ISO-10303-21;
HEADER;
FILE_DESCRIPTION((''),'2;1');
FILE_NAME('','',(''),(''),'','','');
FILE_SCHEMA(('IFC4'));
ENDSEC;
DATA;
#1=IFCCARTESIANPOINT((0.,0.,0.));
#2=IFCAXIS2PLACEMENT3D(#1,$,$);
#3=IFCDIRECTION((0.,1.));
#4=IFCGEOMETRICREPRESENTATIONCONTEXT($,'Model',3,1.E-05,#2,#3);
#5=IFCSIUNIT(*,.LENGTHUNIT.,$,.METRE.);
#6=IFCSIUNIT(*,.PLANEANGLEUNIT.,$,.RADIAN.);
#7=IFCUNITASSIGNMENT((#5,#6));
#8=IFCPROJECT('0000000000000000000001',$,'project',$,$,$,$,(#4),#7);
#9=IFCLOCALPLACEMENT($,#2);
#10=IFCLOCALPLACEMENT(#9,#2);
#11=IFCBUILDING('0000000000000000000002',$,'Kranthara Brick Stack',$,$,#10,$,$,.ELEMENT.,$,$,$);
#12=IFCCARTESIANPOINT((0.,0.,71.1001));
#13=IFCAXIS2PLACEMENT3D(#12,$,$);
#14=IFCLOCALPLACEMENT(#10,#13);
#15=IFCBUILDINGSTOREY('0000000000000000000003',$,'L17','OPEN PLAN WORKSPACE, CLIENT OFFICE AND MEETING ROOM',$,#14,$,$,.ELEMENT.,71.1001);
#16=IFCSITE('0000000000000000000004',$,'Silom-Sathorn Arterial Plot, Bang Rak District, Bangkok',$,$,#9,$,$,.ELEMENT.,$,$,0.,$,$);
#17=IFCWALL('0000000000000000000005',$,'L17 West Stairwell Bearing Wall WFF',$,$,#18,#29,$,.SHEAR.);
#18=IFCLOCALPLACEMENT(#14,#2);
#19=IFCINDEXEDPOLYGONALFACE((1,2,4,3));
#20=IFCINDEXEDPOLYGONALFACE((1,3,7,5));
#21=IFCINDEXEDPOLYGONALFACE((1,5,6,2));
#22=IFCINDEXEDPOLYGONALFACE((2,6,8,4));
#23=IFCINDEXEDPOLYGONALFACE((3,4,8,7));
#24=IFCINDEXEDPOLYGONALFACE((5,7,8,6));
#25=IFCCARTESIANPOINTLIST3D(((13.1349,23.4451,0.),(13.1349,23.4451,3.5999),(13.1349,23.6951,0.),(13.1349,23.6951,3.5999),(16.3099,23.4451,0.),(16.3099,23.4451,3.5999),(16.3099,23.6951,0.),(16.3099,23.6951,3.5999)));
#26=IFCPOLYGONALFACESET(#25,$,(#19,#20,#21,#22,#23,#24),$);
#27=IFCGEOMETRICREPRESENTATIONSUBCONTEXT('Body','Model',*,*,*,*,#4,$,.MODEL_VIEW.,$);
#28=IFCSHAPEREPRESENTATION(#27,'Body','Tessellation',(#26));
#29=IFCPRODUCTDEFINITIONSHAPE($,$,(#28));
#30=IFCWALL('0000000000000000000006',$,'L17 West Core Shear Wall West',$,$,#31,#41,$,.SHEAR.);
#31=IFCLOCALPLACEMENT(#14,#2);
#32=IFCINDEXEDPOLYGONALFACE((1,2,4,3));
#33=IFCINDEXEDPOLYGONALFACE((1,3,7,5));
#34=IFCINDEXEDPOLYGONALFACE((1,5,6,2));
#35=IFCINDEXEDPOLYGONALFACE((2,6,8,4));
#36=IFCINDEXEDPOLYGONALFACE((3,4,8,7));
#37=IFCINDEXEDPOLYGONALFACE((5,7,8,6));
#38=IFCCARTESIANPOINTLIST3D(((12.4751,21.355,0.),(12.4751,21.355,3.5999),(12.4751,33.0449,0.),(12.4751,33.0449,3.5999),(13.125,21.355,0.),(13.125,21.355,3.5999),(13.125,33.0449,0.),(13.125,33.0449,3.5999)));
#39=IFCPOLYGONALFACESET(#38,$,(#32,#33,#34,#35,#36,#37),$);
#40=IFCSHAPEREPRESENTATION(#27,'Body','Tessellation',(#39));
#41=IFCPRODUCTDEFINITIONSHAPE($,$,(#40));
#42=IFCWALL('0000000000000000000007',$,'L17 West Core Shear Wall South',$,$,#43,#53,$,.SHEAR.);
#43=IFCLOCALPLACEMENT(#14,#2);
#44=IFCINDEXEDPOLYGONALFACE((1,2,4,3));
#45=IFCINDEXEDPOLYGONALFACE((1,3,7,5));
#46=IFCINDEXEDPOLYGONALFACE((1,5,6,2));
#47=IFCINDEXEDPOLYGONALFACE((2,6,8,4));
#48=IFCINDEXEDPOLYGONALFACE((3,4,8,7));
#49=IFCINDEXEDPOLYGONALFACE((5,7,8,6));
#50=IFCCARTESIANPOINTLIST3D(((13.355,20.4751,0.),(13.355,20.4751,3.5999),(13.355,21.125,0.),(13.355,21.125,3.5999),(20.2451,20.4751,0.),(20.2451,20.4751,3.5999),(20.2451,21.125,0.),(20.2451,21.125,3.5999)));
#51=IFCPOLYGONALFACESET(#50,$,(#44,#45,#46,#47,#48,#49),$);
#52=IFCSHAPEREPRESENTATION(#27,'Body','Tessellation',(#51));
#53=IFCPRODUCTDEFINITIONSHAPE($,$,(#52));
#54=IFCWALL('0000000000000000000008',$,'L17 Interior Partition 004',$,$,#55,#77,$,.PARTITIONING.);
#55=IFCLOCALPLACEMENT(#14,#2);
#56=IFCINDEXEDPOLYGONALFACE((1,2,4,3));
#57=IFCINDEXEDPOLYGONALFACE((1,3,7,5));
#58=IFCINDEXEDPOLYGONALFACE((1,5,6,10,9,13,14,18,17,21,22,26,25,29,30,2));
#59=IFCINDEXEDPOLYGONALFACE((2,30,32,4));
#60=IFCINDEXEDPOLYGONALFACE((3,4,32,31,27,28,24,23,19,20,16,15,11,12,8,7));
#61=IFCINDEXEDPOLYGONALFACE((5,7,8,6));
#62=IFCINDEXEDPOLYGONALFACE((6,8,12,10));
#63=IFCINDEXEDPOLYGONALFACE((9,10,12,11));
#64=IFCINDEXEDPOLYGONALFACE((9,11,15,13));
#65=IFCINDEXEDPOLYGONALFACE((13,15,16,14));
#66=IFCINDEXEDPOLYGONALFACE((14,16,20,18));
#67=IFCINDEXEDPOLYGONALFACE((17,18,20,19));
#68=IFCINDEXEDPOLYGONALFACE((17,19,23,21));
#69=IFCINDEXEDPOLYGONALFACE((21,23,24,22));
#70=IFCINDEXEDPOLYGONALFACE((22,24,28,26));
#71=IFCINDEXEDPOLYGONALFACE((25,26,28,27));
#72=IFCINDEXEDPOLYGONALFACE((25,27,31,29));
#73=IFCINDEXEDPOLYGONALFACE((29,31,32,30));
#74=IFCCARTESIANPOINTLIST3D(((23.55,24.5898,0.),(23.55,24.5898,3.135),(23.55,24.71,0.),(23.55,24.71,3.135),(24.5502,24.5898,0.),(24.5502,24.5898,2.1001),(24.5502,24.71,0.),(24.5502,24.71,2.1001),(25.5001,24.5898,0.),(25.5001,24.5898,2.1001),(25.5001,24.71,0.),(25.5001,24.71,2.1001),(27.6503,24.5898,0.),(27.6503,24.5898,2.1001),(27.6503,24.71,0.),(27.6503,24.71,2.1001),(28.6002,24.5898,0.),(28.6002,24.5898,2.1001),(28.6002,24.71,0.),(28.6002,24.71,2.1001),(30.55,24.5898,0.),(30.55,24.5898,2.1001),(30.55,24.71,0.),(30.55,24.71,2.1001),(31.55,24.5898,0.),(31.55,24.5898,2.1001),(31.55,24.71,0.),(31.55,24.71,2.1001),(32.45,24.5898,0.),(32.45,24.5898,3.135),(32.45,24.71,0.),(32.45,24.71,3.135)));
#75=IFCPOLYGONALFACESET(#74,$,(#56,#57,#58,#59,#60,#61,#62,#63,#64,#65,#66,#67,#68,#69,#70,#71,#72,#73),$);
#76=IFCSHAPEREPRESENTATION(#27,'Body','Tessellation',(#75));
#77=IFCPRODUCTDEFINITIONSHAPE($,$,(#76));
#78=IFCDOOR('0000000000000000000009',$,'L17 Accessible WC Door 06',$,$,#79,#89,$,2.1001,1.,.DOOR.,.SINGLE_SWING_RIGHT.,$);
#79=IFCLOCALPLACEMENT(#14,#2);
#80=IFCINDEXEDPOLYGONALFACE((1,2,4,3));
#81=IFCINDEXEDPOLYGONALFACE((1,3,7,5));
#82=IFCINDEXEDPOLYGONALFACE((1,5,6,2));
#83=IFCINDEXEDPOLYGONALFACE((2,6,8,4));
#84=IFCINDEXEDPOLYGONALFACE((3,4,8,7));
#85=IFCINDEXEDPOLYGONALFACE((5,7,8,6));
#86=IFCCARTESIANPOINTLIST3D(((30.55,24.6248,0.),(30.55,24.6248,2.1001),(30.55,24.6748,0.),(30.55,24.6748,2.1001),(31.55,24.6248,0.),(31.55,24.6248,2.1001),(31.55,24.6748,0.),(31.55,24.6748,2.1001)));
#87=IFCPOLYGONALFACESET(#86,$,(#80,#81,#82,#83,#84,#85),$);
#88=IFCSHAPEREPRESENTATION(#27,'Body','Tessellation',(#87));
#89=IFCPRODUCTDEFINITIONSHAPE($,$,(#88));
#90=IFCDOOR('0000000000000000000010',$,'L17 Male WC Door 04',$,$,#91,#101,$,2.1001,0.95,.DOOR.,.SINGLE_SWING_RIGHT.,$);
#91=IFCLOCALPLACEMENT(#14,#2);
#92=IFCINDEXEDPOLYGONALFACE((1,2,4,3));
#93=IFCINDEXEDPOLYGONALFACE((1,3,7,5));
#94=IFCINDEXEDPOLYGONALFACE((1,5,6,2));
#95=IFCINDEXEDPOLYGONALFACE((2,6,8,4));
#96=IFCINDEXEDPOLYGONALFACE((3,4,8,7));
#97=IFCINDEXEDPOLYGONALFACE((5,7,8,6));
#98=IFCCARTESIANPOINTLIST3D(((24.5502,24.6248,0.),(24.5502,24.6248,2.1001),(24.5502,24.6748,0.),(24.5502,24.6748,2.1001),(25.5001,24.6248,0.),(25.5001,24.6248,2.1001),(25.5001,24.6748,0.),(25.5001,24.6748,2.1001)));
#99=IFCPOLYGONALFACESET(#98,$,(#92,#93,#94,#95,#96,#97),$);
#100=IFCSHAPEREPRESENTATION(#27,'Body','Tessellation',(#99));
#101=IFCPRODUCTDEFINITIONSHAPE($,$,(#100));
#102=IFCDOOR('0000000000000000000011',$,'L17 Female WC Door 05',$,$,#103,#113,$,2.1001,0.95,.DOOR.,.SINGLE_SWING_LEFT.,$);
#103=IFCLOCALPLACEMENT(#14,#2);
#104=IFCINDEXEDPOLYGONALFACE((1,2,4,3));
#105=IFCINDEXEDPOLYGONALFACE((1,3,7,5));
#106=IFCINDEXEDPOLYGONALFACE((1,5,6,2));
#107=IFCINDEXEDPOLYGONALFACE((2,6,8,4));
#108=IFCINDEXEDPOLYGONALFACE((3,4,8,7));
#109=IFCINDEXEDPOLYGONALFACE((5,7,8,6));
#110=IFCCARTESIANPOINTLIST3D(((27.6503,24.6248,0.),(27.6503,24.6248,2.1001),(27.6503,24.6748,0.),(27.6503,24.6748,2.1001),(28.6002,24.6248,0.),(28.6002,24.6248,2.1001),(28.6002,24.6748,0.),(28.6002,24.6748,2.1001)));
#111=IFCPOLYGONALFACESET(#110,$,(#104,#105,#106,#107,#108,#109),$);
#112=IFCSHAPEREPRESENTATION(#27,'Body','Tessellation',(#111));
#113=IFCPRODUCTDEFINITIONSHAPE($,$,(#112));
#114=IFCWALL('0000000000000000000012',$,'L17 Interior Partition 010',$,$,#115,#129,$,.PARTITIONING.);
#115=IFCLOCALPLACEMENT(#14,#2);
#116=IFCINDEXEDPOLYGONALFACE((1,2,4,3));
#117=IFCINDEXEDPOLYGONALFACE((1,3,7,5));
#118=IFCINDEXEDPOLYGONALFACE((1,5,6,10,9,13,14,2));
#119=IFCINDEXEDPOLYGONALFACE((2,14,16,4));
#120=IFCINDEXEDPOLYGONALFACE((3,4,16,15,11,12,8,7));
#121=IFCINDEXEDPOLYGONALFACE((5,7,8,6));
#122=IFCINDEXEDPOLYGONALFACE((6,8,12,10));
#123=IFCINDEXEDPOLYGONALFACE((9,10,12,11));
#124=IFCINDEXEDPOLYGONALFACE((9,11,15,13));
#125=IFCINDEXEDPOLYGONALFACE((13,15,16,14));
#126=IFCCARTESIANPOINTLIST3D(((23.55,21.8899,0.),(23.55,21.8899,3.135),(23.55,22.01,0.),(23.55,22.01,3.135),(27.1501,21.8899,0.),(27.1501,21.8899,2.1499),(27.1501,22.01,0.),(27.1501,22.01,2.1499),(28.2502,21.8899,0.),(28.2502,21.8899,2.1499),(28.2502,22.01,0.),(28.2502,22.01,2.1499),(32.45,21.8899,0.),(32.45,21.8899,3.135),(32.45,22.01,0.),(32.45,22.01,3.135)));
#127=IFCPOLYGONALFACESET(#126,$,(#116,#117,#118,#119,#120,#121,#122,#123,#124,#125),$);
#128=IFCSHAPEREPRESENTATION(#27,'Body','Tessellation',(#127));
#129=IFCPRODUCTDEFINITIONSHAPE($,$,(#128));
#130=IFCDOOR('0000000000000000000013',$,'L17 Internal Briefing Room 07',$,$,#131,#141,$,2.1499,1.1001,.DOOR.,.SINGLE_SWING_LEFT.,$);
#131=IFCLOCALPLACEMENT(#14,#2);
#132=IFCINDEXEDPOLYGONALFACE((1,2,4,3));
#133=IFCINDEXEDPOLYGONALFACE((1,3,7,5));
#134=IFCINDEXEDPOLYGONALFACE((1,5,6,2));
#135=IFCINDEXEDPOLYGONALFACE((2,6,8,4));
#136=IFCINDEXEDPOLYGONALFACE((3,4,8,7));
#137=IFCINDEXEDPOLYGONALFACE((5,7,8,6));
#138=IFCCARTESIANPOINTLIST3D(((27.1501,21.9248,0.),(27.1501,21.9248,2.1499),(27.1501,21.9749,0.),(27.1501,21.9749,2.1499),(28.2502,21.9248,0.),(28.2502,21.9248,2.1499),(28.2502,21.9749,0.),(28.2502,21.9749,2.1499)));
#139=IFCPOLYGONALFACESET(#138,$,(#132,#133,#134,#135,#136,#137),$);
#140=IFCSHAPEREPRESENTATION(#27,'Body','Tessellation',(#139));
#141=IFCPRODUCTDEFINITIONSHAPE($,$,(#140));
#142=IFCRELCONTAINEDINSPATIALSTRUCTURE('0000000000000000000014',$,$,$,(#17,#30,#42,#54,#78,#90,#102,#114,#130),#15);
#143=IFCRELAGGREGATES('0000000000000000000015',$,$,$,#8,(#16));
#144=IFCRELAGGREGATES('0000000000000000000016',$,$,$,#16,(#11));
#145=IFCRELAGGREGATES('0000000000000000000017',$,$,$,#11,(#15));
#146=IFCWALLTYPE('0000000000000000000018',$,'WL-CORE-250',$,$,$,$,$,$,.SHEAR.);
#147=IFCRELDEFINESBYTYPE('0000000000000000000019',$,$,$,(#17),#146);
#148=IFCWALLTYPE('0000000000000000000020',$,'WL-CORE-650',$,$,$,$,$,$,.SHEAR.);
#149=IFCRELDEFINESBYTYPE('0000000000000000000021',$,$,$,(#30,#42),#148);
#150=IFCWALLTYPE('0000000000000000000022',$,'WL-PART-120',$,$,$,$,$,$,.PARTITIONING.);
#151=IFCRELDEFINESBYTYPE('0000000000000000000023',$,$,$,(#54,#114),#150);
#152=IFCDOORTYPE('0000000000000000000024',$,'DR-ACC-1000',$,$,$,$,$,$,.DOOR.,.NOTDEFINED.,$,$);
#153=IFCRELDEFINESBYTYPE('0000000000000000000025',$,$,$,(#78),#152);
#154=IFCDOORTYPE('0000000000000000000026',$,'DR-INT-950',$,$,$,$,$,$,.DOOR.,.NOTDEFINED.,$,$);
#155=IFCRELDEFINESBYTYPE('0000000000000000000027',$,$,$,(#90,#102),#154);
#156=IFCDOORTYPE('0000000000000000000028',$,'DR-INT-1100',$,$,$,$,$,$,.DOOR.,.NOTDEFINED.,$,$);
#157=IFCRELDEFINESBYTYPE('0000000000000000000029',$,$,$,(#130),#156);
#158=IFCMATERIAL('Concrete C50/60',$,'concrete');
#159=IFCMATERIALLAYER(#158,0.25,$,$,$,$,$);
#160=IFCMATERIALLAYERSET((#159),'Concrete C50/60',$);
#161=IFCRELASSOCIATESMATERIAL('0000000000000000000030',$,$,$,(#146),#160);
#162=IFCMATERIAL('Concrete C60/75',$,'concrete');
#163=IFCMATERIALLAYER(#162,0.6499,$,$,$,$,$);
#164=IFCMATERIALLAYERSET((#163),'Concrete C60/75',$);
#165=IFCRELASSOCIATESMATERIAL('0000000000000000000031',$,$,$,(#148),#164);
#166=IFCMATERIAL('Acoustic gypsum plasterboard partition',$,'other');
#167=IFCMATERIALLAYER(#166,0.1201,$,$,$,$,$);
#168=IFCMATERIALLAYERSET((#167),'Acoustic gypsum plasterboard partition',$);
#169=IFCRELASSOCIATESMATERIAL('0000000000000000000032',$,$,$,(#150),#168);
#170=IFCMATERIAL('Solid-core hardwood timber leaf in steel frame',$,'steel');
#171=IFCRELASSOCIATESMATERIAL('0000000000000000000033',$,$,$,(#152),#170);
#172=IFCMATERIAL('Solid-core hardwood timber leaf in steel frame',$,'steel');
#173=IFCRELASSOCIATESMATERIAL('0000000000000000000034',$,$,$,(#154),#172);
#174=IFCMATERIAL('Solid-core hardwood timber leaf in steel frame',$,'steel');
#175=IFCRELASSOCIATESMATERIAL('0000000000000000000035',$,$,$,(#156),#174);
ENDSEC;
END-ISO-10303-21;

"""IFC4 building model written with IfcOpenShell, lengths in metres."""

from ifc_helpers import new_model, si_unit, direction, frame, frame_2d, origin, place, context, subcontext, project, spatial, rectangle, extrude, material, layer, layer_set, type_object, element, fill, save


model = new_model("IFC4")

# Units and contexts
model_context = context("Model", 3, precision=1e-05, world=origin(), true_north=direction((0.0, 1.0)))
body_context = subcontext(model_context, "Body", "Model", "MODEL_VIEW")
ifc_project = project(units=[si_unit("LENGTHUNIT", "METRE"), si_unit("PLANEANGLEUNIT", "RADIAN")], contexts=[model_context])

# Site, building, storey
site_placement = place(None, origin())
site = spatial("IfcSite", under=ifc_project, at=site_placement, Name="Silom-Sathorn Arterial Plot, Bang Rak District, Bangkok", CompositionType="ELEMENT", RefElevation=0.0)
building_placement = place(site_placement, origin())
building = spatial("IfcBuilding", under=site, at=building_placement, Name="Kranthara Brick Stack", CompositionType="ELEMENT")
storey_placement = place(building_placement, frame((0.0, 0.0, 71.1001)))
storey = spatial("IfcBuildingStorey", under=building, at=storey_placement, Name="L17", Description="OPEN PLAN WORKSPACE, CLIENT OFFICE AND MEETING ROOM", CompositionType="ELEMENT", Elevation=71.1001)

# Shared definitions
ifc_material_1 = material(Name="Concrete C50/60", Category="concrete")
ifc_layer_1 = layer(ifc_material_1, 0.25)
ifc_layer_set_1 = layer_set([ifc_layer_1], Name="Concrete C50/60")
wall_type_1 = type_object("IfcWallType", Name="WL-CORE-250", PredefinedType="SHEAR", material=ifc_layer_set_1)

# Walls
wall_1_placement = place(storey_placement, frame((13.135, 23.5701, 0.0), z_axis=(0.0, 0.0, 1.0), x_axis=(1.0, 0.0, 0.0)))
element("IfcWall", 1, at=wall_1_placement, inside=storey, type_object=wall_type_1, Name="L17 West Stairwell Bearing Wall WFF", PredefinedType="SHEAR", context=body_context, shape_type="SweptSolid", body=[
    extrude(rectangle(XDim=3.175, YDim=0.25, at=frame_2d((1.5874, 0.0))), origin(), (0.0, 0.0, 1.0), 3.5999),
])
ifc_material_2 = material(Name="Concrete C60/75", Category="concrete")
ifc_layer_2 = layer(ifc_material_2, 0.6499)
ifc_layer_set_2 = layer_set([ifc_layer_2], Name="Concrete C60/75")
wall_type_2 = type_object("IfcWallType", Name="WL-CORE-650", PredefinedType="SHEAR", material=ifc_layer_set_2)
wall_2_placement = place(storey_placement, frame((12.8, 21.355, 0.0), z_axis=(0.0, 0.0, 1.0), x_axis=(0.0, 1.0, 0.0)))
element("IfcWall", 2, at=wall_2_placement, inside=storey, type_object=wall_type_2, Name="L17 West Core Shear Wall West", PredefinedType="SHEAR", context=body_context, shape_type="SweptSolid", body=[
    extrude(rectangle(XDim=11.6899, YDim=0.6499, at=frame_2d((5.845, 0.0))), origin(), (0.0, 0.0, 1.0), 3.5999),
])
wall_3_placement = place(storey_placement, frame((13.355, 20.8, 0.0), z_axis=(0.0, 0.0, 1.0), x_axis=(1.0, 0.0, 0.0)))
element("IfcWall", 3, at=wall_3_placement, inside=storey, type_object=wall_type_2, Name="L17 West Core Shear Wall South", PredefinedType="SHEAR", context=body_context, shape_type="SweptSolid", body=[
    extrude(rectangle(XDim=6.8901, YDim=0.6499, at=frame_2d((3.4451, 0.0))), origin(), (0.0, 0.0, 1.0), 3.5999),
])

# Wall, openings, doors
ifc_material_3 = material(Name="Acoustic gypsum plasterboard partition", Category="other")
ifc_layer_3 = layer(ifc_material_3, 0.1201)
ifc_layer_set_3 = layer_set([ifc_layer_3], Name="Acoustic gypsum plasterboard partition")
wall_type_3 = type_object("IfcWallType", Name="WL-PART-120", PredefinedType="PARTITIONING", material=ifc_layer_set_3)
wall_4_placement = place(storey_placement, frame((23.55, 24.6499, 0.0), z_axis=(0.0, 0.0, 1.0), x_axis=(1.0, 0.0, 0.0)))
wall_4 = element("IfcWall", 4, at=wall_4_placement, inside=storey, type_object=wall_type_3, Name="L17 Interior Partition 004", PredefinedType="PARTITIONING", context=body_context, shape_type="SweptSolid", body=[
    extrude(rectangle(XDim=8.8999, YDim=0.1201, at=frame_2d((4.45, 0.0))), origin(), (0.0, 0.0, 1.0), 3.135),
])
opening_1_placement = place(wall_4_placement, frame((1.0, 0.0, 0.0)))
opening_1 = element("IfcOpeningElement", 5, at=opening_1_placement, cuts=wall_4, PredefinedType="OPENING", context=body_context, shape_type="SweptSolid", body=[
    extrude(rectangle(XDim=0.95, YDim=2.1001, at=frame_2d((0.4751, 1.05))), frame((0.0, 0.0701, 0.0), z_axis=(0.0, -1.0, 0.0), x_axis=(1.0, 0.0, 0.0)), (0.0, 0.0, 1.0), 0.1401),
])
opening_2_placement = place(wall_4_placement, frame((4.1001, 0.0, 0.0)))
opening_2 = element("IfcOpeningElement", 6, at=opening_2_placement, cuts=wall_4, PredefinedType="OPENING", context=body_context, shape_type="SweptSolid", body=[
    extrude(rectangle(XDim=0.95, YDim=2.1001, at=frame_2d((0.4751, 1.05))), frame((0.0, 0.0701, 0.0), z_axis=(0.0, -1.0, 0.0), x_axis=(1.0, 0.0, 0.0)), (0.0, 0.0, 1.0), 0.1401),
])
opening_3_placement = place(wall_4_placement, frame((7.0, 0.0, 0.0)))
opening_3 = element("IfcOpeningElement", 7, at=opening_3_placement, cuts=wall_4, PredefinedType="OPENING", context=body_context, shape_type="SweptSolid", body=[
    extrude(rectangle(XDim=1.0, YDim=2.1001, at=frame_2d((0.5, 1.05))), frame((0.0, 0.0701, 0.0), z_axis=(0.0, -1.0, 0.0), x_axis=(1.0, 0.0, 0.0)), (0.0, 0.0, 1.0), 0.1401),
])
ifc_material_4 = material(Name="Solid-core hardwood timber leaf in steel frame", Category="steel")
door_type_1 = type_object("IfcDoorType", Name="DR-ACC-1000", OperationType="NOTDEFINED", PredefinedType="DOOR", material=ifc_material_4)
door_1_placement = place(opening_3_placement, origin())
door_1 = element("IfcDoor", 8, at=door_1_placement, inside=storey, type_object=door_type_1, Name="L17 Accessible WC Door 06", OperationType="SINGLE_SWING_RIGHT", OverallHeight=2.1001, OverallWidth=1.0, PredefinedType="DOOR", context=body_context, shape_type="SweptSolid", body=[
    extrude(rectangle(XDim=1.0, YDim=2.1001, at=frame_2d((0.5, 1.05))), frame((0.0, 0.0249, 0.0), z_axis=(0.0, -1.0, 0.0), x_axis=(1.0, 0.0, 0.0)), (0.0, 0.0, 1.0), 0.05),
])
fill(opening_3, door_1)
ifc_material_5 = material(Name="Solid-core hardwood timber leaf in steel frame", Category="steel")
door_type_2 = type_object("IfcDoorType", Name="DR-INT-950", OperationType="NOTDEFINED", PredefinedType="DOOR", material=ifc_material_5)
door_2_placement = place(opening_1_placement, origin())
door_2 = element("IfcDoor", 9, at=door_2_placement, inside=storey, type_object=door_type_2, Name="L17 Male WC Door 04", OperationType="SINGLE_SWING_RIGHT", OverallHeight=2.1001, OverallWidth=0.95, PredefinedType="DOOR", context=body_context, shape_type="SweptSolid", body=[
    extrude(rectangle(XDim=0.95, YDim=2.1001, at=frame_2d((0.4751, 1.05))), frame((0.0, 0.0249, 0.0), z_axis=(0.0, -1.0, 0.0), x_axis=(1.0, 0.0, 0.0)), (0.0, 0.0, 1.0), 0.05),
])
fill(opening_1, door_2)
door_3_placement = place(opening_2_placement, origin())
door_3 = element("IfcDoor", 10, at=door_3_placement, inside=storey, type_object=door_type_2, Name="L17 Female WC Door 05", OperationType="SINGLE_SWING_LEFT", OverallHeight=2.1001, OverallWidth=0.95, PredefinedType="DOOR", context=body_context, shape_type="SweptSolid", body=[
    extrude(rectangle(XDim=0.95, YDim=2.1001, at=frame_2d((0.4751, 1.05))), frame((0.0, 0.0249, 0.0), z_axis=(0.0, -1.0, 0.0), x_axis=(1.0, 0.0, 0.0)), (0.0, 0.0, 1.0), 0.05),
])
fill(opening_2, door_3)

# Wall, opening, door
wall_5_placement = place(storey_placement, frame((23.55, 21.95, 0.0), z_axis=(0.0, 0.0, 1.0), x_axis=(1.0, 0.0, 0.0)))
wall_5 = element("IfcWall", 11, at=wall_5_placement, inside=storey, type_object=wall_type_3, Name="L17 Interior Partition 010", PredefinedType="PARTITIONING", context=body_context, shape_type="SweptSolid", body=[
    extrude(rectangle(XDim=8.8999, YDim=0.1201, at=frame_2d((4.45, 0.0))), origin(), (0.0, 0.0, 1.0), 3.135),
])
opening_4_placement = place(wall_5_placement, frame((3.6001, 0.0, 0.0)))
opening_4 = element("IfcOpeningElement", 12, at=opening_4_placement, cuts=wall_5, PredefinedType="OPENING", context=body_context, shape_type="SweptSolid", body=[
    extrude(rectangle(XDim=1.1001, YDim=2.1499, at=frame_2d((0.55, 1.075))), frame((0.0, 0.0701, 0.0), z_axis=(0.0, -1.0, 0.0), x_axis=(1.0, 0.0, 0.0)), (0.0, 0.0, 1.0), 0.1401),
])
ifc_material_6 = material(Name="Solid-core hardwood timber leaf in steel frame", Category="steel")
door_type_3 = type_object("IfcDoorType", Name="DR-INT-1100", OperationType="NOTDEFINED", PredefinedType="DOOR", material=ifc_material_6)
door_4_placement = place(opening_4_placement, origin())
door_4 = element("IfcDoor", 13, at=door_4_placement, inside=storey, type_object=door_type_3, Name="L17 Internal Briefing Room 07", OperationType="SINGLE_SWING_LEFT", OverallHeight=2.1499, OverallWidth=1.1001, PredefinedType="DOOR", context=body_context, shape_type="SweptSolid", body=[
    extrude(rectangle(XDim=1.1001, YDim=2.1499, at=frame_2d((0.55, 1.075))), frame((0.0, 0.0249, 0.0), z_axis=(0.0, -1.0, 0.0), x_axis=(1.0, 0.0, 0.0)), (0.0, 0.0, 1.0), 0.05),
])
fill(opening_4, door_4)

save(model, "model.ifc")
